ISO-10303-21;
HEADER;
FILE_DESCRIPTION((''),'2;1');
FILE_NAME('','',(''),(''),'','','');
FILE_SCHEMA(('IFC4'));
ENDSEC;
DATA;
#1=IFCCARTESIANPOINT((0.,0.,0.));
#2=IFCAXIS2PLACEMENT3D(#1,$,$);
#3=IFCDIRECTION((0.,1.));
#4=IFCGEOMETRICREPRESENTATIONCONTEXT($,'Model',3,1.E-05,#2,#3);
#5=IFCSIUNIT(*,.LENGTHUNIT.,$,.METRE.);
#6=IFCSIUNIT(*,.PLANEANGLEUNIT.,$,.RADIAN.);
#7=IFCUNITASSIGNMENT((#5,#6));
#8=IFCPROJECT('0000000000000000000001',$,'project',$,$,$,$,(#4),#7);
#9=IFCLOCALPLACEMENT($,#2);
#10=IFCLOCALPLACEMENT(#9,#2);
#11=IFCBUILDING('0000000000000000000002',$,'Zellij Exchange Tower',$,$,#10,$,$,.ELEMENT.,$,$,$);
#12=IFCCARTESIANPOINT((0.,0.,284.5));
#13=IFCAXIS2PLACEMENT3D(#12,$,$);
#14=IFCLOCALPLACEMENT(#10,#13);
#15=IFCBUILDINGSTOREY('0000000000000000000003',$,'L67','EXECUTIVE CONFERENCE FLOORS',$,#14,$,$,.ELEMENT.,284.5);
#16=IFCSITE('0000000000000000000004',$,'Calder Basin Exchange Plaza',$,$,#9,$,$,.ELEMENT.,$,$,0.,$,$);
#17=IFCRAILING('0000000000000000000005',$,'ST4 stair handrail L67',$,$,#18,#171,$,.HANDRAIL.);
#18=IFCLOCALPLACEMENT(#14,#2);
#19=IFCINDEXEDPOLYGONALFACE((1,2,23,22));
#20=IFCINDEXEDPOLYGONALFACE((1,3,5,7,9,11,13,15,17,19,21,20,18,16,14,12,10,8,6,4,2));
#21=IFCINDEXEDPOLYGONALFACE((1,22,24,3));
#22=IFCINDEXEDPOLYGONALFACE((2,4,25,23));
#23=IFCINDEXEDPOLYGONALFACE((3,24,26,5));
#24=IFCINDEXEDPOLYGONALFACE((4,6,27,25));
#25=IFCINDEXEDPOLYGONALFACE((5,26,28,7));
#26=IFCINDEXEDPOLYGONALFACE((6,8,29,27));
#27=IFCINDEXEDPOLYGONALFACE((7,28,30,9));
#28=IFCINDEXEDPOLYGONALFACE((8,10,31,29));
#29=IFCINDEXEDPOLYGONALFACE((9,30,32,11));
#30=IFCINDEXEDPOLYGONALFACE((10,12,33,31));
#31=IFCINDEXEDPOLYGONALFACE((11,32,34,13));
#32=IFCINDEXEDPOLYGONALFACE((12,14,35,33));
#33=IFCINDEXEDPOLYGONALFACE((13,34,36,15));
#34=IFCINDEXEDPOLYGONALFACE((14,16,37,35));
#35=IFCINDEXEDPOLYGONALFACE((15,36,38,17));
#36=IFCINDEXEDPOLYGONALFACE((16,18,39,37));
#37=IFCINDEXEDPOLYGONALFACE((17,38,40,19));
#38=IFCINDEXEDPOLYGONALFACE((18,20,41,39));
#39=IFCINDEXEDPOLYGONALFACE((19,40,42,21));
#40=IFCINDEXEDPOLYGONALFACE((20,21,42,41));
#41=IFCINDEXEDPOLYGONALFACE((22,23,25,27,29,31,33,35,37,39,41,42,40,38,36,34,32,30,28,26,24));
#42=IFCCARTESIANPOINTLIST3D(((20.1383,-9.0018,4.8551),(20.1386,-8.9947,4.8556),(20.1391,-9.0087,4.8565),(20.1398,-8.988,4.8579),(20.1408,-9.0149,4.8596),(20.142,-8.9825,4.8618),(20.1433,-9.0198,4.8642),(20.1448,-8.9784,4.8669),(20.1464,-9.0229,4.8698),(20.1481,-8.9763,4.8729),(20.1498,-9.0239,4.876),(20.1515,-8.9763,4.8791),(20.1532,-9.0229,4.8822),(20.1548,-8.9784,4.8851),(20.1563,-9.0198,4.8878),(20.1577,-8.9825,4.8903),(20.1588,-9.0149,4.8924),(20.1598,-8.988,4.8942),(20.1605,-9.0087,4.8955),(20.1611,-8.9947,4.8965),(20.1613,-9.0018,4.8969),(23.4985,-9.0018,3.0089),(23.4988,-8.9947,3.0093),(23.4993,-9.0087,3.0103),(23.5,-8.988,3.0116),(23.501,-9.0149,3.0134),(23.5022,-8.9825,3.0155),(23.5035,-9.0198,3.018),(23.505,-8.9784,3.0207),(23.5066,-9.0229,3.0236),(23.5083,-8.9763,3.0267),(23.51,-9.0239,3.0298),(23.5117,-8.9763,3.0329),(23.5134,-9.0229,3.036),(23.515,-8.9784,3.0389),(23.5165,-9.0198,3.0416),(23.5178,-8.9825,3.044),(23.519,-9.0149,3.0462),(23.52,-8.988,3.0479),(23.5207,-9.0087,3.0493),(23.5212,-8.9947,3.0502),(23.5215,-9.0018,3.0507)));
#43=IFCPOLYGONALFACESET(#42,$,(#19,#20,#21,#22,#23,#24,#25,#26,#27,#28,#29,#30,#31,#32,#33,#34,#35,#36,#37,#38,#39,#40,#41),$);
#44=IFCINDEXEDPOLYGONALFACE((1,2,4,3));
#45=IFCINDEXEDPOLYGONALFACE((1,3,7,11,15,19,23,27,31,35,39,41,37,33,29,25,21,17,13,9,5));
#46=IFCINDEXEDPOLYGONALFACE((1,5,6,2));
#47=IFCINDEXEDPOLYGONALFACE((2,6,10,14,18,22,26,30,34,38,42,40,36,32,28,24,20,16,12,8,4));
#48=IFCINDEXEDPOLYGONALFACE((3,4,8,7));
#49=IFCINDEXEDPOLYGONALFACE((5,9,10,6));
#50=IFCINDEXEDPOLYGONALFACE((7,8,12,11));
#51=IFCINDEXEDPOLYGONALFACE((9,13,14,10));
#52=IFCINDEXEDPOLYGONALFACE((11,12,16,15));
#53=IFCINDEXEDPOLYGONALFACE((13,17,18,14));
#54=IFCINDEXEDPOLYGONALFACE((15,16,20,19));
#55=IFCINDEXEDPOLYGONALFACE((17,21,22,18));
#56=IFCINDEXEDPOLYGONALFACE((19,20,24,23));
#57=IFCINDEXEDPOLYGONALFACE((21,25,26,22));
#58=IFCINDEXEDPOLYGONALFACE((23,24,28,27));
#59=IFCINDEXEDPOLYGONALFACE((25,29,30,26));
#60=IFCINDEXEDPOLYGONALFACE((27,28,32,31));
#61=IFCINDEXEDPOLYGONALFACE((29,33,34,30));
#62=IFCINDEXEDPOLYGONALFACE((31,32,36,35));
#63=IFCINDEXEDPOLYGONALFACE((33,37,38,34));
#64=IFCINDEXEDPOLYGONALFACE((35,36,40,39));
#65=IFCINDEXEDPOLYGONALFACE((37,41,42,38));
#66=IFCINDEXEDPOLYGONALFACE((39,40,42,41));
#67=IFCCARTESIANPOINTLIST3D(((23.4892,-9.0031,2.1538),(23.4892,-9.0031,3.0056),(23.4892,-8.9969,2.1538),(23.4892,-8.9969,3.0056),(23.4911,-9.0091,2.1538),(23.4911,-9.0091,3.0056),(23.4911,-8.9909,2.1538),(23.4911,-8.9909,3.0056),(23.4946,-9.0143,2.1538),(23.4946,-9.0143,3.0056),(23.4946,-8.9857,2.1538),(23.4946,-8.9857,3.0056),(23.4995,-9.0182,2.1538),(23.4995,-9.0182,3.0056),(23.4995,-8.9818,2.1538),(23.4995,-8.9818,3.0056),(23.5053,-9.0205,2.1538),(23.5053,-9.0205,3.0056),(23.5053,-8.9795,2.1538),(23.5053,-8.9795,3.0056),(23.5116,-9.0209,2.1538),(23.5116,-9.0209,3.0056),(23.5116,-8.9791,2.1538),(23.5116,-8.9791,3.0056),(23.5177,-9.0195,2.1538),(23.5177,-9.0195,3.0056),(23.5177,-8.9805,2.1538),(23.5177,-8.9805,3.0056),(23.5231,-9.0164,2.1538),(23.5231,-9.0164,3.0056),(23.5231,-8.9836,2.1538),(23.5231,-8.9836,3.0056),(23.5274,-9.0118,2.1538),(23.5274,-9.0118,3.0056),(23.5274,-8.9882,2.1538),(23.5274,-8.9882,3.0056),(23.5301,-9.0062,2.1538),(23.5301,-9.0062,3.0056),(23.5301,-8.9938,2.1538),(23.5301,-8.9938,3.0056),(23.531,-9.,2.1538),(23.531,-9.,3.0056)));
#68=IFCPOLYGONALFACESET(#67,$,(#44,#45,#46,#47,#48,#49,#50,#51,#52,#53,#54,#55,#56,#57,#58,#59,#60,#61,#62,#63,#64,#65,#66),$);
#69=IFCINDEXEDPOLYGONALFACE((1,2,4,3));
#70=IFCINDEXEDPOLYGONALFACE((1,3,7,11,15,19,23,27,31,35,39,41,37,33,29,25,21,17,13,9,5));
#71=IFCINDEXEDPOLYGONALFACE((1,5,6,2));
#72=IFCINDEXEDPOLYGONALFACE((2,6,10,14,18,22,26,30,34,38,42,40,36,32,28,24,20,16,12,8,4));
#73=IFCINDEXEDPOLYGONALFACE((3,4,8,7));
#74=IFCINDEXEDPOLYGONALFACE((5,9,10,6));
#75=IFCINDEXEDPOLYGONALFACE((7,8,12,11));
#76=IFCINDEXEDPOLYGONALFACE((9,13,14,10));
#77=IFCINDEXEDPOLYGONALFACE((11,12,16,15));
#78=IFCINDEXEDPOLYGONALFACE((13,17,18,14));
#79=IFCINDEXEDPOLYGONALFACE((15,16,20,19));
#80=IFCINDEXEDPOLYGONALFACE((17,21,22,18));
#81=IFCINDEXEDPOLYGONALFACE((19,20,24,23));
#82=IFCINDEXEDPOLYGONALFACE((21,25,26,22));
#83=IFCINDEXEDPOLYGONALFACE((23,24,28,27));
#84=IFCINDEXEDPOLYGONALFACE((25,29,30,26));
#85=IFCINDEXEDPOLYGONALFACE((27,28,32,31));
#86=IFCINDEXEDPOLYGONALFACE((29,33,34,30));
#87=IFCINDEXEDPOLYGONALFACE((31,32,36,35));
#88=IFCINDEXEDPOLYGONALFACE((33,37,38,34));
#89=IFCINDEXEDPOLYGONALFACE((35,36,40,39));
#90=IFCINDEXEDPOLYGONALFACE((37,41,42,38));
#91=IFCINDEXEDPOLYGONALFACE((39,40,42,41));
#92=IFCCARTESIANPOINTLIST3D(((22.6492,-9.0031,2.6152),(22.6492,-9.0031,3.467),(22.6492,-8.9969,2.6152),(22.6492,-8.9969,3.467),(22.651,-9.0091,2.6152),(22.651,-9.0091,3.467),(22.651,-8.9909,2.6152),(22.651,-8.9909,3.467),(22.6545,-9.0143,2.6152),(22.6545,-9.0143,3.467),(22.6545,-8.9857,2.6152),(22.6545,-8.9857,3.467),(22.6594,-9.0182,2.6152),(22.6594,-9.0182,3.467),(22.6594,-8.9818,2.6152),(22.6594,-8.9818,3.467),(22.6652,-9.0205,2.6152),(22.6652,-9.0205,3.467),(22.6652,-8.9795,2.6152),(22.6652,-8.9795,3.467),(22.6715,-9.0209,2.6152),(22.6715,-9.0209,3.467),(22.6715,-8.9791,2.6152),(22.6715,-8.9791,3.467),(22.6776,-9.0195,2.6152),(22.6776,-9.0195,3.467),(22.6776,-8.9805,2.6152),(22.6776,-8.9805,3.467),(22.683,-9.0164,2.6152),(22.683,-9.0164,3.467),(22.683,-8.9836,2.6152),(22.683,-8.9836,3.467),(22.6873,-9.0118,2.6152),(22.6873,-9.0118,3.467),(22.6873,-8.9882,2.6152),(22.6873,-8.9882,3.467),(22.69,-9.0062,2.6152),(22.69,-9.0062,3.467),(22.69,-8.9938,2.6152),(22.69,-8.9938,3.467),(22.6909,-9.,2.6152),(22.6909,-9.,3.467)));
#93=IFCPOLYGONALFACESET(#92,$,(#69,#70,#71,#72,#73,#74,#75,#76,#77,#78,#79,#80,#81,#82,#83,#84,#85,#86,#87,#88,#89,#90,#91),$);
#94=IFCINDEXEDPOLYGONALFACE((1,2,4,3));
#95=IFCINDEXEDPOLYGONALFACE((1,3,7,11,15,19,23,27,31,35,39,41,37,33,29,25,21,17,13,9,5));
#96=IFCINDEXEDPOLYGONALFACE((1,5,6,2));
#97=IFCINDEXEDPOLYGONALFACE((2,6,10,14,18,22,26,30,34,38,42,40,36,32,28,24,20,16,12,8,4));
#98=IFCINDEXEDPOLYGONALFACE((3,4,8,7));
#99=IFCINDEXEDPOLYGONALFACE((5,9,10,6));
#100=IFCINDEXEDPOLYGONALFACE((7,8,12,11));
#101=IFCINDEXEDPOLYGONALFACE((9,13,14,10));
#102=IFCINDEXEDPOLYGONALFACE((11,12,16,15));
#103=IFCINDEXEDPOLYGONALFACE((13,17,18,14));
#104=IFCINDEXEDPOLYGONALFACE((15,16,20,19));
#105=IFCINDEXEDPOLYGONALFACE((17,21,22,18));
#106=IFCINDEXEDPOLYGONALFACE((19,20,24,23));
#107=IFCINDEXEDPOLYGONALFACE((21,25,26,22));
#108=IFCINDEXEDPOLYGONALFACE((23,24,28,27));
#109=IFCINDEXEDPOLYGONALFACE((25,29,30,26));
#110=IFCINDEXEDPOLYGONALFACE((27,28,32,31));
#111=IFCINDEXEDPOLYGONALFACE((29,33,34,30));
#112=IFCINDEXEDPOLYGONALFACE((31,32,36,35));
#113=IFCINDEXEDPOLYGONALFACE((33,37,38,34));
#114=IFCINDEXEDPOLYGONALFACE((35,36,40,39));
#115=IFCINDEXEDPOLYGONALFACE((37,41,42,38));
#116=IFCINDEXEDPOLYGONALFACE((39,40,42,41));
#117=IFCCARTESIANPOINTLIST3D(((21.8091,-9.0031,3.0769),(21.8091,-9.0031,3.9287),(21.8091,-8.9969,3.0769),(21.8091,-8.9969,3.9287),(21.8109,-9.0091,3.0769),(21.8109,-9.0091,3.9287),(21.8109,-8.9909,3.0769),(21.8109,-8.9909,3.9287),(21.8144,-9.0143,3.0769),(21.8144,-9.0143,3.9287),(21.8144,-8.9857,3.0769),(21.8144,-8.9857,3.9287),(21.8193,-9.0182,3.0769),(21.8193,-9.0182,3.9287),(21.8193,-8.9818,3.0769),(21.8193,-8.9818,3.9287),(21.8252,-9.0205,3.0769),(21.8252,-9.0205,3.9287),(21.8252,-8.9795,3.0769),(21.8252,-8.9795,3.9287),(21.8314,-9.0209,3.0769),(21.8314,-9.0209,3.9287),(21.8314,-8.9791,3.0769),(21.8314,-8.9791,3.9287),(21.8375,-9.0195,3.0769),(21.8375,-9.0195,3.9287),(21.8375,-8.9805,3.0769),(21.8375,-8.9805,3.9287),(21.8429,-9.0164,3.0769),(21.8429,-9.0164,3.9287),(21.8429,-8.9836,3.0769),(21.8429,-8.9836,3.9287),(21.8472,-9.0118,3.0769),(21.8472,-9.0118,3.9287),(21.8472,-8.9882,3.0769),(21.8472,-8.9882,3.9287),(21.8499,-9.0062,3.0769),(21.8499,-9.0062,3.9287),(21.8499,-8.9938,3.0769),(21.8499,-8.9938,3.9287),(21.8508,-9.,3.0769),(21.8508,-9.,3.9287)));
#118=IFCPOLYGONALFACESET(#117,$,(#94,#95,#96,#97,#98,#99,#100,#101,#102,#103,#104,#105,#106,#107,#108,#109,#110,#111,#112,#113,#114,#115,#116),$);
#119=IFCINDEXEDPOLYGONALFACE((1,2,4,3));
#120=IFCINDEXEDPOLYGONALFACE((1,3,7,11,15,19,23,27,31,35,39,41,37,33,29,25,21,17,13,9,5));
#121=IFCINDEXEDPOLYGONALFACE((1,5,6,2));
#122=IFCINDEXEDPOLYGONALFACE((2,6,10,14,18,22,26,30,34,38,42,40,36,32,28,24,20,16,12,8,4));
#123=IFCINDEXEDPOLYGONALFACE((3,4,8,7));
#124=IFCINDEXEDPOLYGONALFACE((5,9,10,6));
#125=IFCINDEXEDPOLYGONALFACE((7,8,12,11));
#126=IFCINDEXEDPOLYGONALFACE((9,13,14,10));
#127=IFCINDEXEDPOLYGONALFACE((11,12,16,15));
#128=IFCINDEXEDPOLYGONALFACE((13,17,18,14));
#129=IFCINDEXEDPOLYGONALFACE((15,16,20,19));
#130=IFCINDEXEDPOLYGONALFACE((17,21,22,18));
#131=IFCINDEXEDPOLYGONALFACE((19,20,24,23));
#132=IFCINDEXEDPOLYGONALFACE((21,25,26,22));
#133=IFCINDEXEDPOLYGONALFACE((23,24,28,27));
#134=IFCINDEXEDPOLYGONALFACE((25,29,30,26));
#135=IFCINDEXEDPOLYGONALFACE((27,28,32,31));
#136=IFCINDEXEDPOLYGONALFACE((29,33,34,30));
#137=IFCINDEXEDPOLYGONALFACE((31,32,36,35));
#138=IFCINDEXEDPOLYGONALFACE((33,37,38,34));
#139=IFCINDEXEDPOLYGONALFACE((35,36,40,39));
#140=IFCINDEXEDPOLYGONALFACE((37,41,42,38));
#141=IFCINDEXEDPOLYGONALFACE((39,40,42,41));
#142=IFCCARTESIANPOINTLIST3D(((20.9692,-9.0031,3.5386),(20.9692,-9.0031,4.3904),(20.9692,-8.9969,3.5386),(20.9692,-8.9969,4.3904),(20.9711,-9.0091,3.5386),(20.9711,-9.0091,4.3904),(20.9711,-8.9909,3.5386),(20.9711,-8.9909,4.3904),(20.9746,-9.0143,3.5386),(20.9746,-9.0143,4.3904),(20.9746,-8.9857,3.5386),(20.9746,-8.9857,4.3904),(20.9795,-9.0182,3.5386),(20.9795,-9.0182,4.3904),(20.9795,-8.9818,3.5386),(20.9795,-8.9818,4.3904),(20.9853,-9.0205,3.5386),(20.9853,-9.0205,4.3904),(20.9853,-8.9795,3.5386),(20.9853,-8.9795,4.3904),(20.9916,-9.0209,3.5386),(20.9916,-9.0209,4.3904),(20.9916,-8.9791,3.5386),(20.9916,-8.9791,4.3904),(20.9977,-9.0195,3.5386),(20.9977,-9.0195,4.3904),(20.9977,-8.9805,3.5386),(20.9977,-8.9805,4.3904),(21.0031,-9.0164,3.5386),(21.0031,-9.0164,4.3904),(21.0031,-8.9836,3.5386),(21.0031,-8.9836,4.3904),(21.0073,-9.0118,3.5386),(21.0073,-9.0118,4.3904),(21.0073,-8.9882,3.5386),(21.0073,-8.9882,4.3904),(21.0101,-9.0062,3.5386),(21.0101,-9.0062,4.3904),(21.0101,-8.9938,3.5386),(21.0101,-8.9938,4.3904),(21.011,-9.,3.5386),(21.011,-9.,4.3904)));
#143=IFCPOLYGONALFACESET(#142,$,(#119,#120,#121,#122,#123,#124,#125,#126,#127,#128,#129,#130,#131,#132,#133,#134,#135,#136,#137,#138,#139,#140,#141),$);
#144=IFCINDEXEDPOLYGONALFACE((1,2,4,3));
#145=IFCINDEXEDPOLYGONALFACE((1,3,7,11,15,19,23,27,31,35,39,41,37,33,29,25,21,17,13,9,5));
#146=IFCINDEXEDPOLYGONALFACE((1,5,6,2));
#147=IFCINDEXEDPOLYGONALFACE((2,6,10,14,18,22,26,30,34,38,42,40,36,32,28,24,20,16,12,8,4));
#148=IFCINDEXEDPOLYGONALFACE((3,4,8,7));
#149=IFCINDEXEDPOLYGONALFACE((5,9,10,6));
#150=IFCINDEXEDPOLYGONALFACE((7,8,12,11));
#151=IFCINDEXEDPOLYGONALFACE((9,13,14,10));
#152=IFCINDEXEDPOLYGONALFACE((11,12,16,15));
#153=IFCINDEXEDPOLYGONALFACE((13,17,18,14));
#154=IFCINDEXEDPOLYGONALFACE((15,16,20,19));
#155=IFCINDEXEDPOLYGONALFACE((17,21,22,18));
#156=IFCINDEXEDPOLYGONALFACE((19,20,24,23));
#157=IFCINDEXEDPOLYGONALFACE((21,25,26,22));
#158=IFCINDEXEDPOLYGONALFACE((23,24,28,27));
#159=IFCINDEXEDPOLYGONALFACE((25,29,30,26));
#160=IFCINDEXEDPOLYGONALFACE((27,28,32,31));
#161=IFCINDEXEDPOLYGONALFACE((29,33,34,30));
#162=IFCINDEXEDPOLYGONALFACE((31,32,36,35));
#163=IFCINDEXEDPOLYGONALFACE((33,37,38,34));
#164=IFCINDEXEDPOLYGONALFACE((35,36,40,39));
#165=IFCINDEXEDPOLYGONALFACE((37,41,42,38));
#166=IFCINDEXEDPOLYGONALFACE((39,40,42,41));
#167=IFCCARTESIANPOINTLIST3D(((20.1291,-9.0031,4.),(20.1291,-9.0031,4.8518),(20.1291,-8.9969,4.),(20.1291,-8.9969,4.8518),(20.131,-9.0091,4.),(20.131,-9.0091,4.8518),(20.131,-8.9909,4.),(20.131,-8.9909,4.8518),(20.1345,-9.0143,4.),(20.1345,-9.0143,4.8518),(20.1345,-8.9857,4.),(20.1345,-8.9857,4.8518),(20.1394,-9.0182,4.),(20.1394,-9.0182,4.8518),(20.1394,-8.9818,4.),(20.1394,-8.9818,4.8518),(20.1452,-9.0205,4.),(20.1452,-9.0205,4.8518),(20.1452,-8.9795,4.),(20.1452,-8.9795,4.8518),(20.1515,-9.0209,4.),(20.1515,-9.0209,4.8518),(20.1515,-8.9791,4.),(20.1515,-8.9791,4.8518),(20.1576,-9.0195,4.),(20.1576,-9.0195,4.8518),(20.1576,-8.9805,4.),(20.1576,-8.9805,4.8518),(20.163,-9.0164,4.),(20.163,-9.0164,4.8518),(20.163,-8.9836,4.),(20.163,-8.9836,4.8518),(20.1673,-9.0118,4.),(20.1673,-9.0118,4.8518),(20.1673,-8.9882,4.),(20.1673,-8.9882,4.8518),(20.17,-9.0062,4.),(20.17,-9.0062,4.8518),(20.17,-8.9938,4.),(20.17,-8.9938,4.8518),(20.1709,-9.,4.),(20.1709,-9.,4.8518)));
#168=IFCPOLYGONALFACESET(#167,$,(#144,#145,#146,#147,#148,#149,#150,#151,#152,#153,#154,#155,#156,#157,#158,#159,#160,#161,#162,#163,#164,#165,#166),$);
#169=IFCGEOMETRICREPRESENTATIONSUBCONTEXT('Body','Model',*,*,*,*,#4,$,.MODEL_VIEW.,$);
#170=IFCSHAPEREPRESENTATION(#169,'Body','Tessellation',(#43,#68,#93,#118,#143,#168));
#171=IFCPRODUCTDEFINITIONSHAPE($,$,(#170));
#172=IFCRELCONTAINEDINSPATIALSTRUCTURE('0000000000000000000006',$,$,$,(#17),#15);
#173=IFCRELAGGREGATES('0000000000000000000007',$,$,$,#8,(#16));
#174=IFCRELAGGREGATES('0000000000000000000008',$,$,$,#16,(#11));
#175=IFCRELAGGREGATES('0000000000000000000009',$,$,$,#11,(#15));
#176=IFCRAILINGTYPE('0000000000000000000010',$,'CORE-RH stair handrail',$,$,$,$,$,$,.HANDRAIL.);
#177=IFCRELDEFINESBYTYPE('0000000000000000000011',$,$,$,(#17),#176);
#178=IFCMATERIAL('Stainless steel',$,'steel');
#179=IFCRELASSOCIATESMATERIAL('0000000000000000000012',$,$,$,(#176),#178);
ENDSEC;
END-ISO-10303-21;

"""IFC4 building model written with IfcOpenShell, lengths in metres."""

from ifc_helpers import new_model, si_unit, direction, frame, origin, origin_2d, place, context, subcontext, project, spatial, circle, extrude, material, type_object, element, save


model = new_model("IFC4")

# Units and contexts
model_context = context("Model", 3, precision=1e-05, world=origin(), true_north=direction((0.0, 1.0)))
body_context = subcontext(model_context, "Body", "Model", "MODEL_VIEW")
ifc_project = project(units=[si_unit("LENGTHUNIT", "METRE"), si_unit("PLANEANGLEUNIT", "RADIAN")], contexts=[model_context])

# Site, building, storey
site_placement = place(None, origin())
site = spatial("IfcSite", under=ifc_project, at=site_placement, Name="Calder Basin Exchange Plaza", CompositionType="ELEMENT", RefElevation=0.0)
building_placement = place(site_placement, origin())
building = spatial("IfcBuilding", under=site, at=building_placement, Name="Zellij Exchange Tower", CompositionType="ELEMENT")
storey_placement = place(building_placement, frame((0.0, 0.0, 284.5)))
storey = spatial("IfcBuildingStorey", under=building, at=storey_placement, Name="L67", Description="EXECUTIVE CONFERENCE FLOORS", CompositionType="ELEMENT", Elevation=284.5)

# Railing
ifc_material_1 = material(Name="Stainless steel", Category="steel")
railing_type_1 = type_object("IfcRailingType", Name="CORE-RH stair handrail", PredefinedType="HANDRAIL", material=ifc_material_1)
railing_1_placement = place(storey_placement, frame((23.51, -9.0, 2.1538)))
element("IfcRailing", 1, at=railing_1_placement, inside=storey, type_object=railing_type_1, Name="ST4 stair handrail L67", PredefinedType="HANDRAIL", context=body_context, shape_type="SweptSolid", body=[
    extrude(circle(Radius=0.0239, at=origin_2d()), frame((0.0, 0.0, 0.876), z_axis=(-0.876422, 0.0, 0.481545), x_axis=(0.0, -1.0, 0.0)), (0.0, 0.0, 1.0), 3.834),
    extrude(circle(Radius=0.021, at=origin_2d()), origin(), (0.0, 0.0, 1.0), 0.8518),
    extrude(circle(Radius=0.021, at=origin_2d()), frame((-0.8401, 0.0, 0.4614)), (0.0, 0.0, 1.0), 0.8518),
    extrude(circle(Radius=0.021, at=origin_2d()), frame((-1.6802, 0.0, 0.9231)), (0.0, 0.0, 1.0), 0.8518),
    extrude(circle(Radius=0.021, at=origin_2d()), frame((-2.52, 0.0, 1.3848)), (0.0, 0.0, 1.0), 0.8518),
    extrude(circle(Radius=0.021, at=origin_2d()), frame((-3.3601, 0.0, 1.8462)), (0.0, 0.0, 1.0), 0.8518),
])

save(model, "model.ifc")
